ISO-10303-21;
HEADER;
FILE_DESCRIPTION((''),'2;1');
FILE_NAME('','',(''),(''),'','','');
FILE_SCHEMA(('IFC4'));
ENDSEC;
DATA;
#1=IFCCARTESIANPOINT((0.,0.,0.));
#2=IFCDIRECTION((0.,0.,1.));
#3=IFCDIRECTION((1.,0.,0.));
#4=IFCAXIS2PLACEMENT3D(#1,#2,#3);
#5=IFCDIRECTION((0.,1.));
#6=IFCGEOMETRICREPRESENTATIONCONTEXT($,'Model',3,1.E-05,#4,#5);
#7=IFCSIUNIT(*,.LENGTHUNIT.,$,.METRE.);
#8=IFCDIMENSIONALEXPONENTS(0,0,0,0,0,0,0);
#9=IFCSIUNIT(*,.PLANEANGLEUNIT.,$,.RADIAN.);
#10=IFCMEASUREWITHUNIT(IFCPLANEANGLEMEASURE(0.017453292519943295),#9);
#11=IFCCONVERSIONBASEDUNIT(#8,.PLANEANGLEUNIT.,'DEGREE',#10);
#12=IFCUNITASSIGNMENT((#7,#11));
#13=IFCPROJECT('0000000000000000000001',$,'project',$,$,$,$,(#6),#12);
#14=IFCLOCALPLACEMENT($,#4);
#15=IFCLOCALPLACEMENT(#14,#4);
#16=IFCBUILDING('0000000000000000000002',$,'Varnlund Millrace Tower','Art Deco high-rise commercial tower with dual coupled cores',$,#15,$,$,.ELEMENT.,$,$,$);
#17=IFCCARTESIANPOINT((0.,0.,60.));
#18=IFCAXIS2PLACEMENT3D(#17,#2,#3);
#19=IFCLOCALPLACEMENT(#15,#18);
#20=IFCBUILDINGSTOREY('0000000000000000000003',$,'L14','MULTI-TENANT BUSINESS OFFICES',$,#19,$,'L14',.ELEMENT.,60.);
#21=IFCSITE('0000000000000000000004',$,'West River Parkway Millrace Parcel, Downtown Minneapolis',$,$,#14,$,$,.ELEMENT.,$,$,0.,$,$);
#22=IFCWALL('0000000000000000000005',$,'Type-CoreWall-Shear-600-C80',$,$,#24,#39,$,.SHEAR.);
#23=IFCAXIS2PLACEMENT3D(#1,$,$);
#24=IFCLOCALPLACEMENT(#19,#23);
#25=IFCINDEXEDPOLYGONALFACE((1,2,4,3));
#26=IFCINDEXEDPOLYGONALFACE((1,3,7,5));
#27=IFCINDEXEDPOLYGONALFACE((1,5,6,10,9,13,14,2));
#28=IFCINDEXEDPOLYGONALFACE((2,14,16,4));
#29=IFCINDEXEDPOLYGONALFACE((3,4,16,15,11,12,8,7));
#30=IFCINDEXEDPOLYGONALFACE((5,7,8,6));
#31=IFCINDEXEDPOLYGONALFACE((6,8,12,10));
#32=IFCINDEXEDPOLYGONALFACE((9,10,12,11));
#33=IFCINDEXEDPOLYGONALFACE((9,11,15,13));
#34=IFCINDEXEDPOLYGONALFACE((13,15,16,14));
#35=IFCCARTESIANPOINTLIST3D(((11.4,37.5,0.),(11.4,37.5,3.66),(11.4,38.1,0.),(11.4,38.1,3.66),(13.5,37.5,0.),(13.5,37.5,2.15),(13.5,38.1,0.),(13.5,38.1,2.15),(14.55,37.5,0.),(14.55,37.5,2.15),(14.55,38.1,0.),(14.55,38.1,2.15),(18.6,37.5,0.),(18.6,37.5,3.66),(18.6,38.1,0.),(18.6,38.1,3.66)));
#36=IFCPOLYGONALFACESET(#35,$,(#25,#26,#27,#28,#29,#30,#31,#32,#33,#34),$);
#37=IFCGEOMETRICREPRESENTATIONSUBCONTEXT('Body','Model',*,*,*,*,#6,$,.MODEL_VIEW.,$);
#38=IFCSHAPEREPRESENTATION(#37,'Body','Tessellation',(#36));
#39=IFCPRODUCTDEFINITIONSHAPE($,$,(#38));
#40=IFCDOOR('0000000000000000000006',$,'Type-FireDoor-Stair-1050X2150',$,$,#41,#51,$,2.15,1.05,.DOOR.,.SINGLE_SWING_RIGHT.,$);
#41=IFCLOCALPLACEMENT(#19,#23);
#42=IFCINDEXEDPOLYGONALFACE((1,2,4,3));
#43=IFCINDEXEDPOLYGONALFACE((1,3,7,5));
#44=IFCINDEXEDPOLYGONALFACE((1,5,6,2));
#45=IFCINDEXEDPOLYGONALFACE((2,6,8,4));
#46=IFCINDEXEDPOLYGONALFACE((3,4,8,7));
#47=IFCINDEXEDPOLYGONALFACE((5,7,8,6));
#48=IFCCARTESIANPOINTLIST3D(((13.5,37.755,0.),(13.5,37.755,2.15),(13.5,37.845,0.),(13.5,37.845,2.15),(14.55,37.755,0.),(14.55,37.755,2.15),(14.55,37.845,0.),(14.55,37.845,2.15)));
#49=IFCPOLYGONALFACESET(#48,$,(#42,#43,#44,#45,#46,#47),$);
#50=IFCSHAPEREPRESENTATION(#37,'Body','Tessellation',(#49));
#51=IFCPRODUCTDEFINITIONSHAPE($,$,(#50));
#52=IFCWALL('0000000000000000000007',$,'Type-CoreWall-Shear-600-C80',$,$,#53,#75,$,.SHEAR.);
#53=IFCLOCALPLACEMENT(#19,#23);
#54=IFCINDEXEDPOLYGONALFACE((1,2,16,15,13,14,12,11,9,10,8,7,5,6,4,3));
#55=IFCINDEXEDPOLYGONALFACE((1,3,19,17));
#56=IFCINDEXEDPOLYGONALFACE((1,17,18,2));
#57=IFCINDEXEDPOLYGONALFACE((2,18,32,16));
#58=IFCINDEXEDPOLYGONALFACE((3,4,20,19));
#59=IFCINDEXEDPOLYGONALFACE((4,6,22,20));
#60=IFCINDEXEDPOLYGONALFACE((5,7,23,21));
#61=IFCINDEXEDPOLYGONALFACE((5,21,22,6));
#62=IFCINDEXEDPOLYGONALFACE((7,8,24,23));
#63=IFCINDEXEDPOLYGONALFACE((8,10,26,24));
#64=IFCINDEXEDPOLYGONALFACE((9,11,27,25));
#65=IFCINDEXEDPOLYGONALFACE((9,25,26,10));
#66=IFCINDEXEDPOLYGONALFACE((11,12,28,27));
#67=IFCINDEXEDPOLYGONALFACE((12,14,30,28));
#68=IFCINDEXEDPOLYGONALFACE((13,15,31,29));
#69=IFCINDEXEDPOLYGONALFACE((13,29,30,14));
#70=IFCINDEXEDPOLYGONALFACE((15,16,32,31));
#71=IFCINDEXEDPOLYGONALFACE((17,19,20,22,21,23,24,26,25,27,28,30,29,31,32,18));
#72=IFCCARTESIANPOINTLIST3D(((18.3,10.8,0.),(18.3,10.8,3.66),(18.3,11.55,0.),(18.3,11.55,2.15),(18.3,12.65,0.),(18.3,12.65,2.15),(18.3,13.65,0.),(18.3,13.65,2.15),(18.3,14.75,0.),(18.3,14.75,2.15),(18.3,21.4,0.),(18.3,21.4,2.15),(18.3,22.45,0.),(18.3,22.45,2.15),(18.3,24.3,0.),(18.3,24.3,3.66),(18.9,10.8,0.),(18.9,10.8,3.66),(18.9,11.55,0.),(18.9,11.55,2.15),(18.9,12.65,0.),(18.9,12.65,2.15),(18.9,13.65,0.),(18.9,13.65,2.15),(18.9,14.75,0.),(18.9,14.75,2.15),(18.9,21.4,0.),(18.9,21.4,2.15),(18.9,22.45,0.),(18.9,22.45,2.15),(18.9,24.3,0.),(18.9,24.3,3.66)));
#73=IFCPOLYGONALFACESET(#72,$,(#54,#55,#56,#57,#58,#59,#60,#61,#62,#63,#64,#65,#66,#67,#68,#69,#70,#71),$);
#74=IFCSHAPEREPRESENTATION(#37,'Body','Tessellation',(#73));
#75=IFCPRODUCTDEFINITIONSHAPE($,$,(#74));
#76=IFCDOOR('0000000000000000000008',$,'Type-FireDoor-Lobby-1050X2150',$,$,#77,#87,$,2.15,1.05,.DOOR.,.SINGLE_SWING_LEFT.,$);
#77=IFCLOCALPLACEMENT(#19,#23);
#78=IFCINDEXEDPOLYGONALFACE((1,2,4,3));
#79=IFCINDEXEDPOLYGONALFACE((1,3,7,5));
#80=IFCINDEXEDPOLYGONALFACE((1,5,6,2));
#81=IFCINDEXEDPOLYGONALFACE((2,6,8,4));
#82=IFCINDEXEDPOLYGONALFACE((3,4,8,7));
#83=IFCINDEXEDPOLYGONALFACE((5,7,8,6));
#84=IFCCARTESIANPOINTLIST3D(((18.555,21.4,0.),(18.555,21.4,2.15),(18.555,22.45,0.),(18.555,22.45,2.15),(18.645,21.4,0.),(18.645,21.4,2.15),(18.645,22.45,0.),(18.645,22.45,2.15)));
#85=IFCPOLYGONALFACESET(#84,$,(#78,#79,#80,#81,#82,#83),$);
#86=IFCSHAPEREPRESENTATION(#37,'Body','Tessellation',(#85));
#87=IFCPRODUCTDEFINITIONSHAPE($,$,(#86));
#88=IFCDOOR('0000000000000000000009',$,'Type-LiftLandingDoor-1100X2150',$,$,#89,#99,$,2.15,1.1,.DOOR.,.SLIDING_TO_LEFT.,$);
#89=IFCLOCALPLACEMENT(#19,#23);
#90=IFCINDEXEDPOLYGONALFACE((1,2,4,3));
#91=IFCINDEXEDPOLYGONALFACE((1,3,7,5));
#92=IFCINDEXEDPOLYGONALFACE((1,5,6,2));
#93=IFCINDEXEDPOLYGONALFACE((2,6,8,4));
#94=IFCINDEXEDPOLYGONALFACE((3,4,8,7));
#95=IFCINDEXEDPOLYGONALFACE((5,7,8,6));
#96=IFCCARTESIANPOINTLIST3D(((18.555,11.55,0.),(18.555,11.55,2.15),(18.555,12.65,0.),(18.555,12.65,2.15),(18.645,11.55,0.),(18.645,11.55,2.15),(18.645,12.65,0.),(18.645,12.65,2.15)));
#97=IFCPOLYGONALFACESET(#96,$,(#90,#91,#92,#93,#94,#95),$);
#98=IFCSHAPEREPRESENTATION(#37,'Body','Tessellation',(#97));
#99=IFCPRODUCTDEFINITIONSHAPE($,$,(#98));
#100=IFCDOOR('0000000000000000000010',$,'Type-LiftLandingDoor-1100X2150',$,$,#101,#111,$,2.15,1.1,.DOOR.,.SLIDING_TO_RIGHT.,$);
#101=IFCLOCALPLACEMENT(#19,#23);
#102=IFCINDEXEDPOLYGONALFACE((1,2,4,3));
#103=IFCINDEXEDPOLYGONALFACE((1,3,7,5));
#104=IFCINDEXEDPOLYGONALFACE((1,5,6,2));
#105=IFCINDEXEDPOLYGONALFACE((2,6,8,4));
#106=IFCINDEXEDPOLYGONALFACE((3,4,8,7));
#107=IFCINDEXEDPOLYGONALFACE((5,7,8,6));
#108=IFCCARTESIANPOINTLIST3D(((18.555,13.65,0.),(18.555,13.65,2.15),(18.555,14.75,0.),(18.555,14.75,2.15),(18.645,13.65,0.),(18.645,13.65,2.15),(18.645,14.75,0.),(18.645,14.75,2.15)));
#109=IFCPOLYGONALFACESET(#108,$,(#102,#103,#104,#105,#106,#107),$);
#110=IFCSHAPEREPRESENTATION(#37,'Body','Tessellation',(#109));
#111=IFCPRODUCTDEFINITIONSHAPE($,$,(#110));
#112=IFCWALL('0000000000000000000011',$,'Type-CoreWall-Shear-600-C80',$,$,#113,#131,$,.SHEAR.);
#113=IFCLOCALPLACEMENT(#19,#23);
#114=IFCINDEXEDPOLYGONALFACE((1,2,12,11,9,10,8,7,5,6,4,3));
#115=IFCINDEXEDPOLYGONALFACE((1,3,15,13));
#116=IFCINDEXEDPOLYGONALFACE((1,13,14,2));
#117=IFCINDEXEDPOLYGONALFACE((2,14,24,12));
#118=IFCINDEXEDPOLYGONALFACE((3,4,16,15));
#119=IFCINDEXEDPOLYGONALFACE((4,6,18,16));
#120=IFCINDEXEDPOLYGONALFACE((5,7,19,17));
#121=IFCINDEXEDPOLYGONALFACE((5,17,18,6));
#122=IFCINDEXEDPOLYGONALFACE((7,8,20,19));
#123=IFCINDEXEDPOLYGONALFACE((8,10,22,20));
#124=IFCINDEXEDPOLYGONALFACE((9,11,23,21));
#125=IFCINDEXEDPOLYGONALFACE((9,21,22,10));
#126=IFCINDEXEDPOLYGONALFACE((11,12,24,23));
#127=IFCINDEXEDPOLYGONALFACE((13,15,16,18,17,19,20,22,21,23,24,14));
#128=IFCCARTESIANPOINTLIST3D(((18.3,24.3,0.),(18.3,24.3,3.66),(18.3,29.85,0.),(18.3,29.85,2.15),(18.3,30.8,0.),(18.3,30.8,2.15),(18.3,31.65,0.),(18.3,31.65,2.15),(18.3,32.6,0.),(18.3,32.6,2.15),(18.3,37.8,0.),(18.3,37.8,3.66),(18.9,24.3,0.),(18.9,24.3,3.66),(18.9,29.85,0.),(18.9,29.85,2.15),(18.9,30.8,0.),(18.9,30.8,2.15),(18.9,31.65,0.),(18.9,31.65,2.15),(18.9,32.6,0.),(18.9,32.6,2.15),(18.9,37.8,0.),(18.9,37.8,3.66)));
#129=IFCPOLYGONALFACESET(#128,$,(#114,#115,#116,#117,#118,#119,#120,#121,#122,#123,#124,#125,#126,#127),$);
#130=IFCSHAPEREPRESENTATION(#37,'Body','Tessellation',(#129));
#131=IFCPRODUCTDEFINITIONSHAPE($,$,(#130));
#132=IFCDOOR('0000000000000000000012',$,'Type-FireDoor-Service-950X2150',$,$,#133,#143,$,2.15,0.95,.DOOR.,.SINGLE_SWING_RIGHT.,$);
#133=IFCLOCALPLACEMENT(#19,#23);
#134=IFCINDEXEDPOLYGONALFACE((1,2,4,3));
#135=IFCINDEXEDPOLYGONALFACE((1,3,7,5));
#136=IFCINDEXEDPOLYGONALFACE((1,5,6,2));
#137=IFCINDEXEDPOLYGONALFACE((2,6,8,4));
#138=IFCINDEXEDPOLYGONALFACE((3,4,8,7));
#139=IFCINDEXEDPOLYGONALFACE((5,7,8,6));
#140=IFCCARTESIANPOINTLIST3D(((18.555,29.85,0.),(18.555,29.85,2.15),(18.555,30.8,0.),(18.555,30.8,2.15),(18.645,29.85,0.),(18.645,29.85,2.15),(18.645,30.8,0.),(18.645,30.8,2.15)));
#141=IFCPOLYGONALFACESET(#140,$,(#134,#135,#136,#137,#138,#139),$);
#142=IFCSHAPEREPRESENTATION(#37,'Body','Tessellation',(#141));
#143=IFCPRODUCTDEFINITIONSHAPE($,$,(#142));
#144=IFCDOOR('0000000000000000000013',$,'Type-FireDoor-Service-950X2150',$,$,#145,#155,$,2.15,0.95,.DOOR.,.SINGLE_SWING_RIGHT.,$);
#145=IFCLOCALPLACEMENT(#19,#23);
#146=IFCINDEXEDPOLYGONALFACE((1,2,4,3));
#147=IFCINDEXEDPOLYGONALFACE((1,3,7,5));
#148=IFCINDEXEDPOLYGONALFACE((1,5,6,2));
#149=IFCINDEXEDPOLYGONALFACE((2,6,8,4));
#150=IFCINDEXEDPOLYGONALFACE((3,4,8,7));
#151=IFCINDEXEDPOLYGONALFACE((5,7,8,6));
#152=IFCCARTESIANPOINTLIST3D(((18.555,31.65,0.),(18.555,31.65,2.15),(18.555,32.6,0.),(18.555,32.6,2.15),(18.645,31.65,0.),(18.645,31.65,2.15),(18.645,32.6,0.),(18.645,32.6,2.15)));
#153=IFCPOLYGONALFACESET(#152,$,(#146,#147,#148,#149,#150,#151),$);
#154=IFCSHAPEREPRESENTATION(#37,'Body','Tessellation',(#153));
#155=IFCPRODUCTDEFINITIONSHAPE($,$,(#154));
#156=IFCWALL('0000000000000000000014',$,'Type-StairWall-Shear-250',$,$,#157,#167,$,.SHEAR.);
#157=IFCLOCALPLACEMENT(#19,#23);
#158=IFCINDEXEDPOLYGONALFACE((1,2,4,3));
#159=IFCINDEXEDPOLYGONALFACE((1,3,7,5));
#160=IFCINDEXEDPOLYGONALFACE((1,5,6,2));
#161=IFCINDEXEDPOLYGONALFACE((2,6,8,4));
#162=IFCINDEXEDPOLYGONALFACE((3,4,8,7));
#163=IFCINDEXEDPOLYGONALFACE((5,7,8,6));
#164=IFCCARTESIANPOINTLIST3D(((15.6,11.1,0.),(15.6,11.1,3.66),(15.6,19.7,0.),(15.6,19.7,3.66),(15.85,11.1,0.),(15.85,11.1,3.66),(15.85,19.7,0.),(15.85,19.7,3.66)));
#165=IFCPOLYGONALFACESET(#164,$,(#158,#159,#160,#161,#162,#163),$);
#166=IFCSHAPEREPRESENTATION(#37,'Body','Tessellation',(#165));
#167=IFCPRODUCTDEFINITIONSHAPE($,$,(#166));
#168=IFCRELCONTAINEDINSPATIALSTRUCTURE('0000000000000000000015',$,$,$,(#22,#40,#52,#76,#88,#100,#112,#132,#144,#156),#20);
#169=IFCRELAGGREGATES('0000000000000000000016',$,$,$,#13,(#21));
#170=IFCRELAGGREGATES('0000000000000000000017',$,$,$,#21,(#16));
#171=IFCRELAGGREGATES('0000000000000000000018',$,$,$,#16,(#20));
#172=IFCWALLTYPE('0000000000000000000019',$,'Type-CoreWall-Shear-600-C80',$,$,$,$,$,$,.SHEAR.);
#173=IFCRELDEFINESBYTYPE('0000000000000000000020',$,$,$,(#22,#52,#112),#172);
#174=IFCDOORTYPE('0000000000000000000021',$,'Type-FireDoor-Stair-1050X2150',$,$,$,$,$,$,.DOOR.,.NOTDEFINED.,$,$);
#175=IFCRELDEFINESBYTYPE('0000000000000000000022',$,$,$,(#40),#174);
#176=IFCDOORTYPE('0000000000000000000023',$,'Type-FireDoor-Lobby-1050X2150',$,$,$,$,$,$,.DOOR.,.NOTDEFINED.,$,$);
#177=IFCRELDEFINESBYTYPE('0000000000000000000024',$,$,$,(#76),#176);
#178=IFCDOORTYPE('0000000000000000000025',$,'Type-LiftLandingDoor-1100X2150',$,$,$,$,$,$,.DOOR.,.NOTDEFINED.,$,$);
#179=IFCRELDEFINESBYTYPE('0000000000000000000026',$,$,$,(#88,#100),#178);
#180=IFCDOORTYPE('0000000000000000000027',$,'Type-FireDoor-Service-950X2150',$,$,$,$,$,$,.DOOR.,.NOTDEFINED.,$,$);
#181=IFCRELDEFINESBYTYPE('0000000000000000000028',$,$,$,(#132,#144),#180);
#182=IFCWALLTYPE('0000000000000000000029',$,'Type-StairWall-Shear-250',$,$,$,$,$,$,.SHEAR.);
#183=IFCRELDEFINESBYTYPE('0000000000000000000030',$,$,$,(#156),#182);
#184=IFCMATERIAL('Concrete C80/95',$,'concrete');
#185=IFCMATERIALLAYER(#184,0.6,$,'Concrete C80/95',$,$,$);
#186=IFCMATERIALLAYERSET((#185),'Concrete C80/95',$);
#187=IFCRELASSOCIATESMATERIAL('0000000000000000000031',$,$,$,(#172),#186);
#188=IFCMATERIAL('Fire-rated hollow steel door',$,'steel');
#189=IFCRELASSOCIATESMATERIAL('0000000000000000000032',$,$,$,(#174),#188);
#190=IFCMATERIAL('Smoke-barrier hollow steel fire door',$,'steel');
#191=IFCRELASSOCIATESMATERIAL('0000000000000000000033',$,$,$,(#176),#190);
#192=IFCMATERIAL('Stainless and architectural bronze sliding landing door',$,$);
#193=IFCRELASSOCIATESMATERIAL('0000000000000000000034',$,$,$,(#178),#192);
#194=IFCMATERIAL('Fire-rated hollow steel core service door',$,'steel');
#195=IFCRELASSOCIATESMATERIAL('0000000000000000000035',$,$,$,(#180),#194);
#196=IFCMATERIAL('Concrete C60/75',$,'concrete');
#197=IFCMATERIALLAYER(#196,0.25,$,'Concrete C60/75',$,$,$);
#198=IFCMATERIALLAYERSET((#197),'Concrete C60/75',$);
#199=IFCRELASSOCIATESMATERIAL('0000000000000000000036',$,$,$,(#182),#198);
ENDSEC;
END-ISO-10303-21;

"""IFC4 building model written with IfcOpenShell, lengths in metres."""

from ifc_helpers import new_model, entity, si_unit, converted_unit, direction, frame, origin_with_axes, origin_2d_with_axis, place, context, subcontext, project, spatial, polyline, rectangle, outline, extrude, material, layer, layer_set, type_object, element, fill, save


model = new_model("IFC4")

# Units and contexts
model_context = context("Model", 3, precision=1e-05, world=origin_with_axes(), true_north=direction((0.0, 1.0)))
body_context = subcontext(model_context, "Body", "Model", "MODEL_VIEW")
ifc_project = project(units=[si_unit("LENGTHUNIT", "METRE"), converted_unit("PLANEANGLEUNIT", "DEGREE", entity("IfcPlaneAngleMeasure", 0.017453292519943295), si_unit("PLANEANGLEUNIT", "RADIAN"), dimensions=[0, 0, 0, 0, 0, 0, 0])], contexts=[model_context])

# Site, building, storey
site_placement = place(None, origin_with_axes())
site = spatial("IfcSite", under=ifc_project, at=site_placement, Name="West River Parkway Millrace Parcel, Downtown Minneapolis", CompositionType="ELEMENT", RefElevation=0.0)
building_placement = place(site_placement, origin_with_axes())
building = spatial("IfcBuilding", under=site, at=building_placement, Name="Varnlund Millrace Tower", Description="Art Deco high-rise commercial tower with dual coupled cores", CompositionType="ELEMENT")
storey_placement = place(building_placement, frame((0.0, 0.0, 60.0), z_axis=(0.0, 0.0, 1.0), x_axis=(1.0, 0.0, 0.0)))
storey = spatial("IfcBuildingStorey", under=building, at=storey_placement, Name="L14", Description="MULTI-TENANT BUSINESS OFFICES", LongName="L14", CompositionType="ELEMENT", Elevation=60.0)

# Shared definitions
ifc_material_1 = material(Name="Concrete C60/75", Category="concrete")

# Shared definitions
ifc_material_2 = material(Name="Concrete C80/95", Category="concrete")
ifc_layer_1 = layer(ifc_material_2, 0.6, Name="Concrete C80/95")
ifc_layer_set_1 = layer_set([ifc_layer_1], Name="Concrete C80/95")
wall_type_1 = type_object("IfcWallType", Name="Type-CoreWall-Shear-600-C80", PredefinedType="SHEAR", material=ifc_layer_set_1)

# Wall, opening, door
ifc_material_3 = material(Name="Fire-rated hollow steel door", Category="steel")
door_type_1 = type_object("IfcDoorType", Name="Type-FireDoor-Stair-1050X2150", OperationType="NOTDEFINED", PredefinedType="DOOR", material=ifc_material_3)
wall_1_placement = place(storey_placement, frame((11.4, 37.8, 0.0), z_axis=(0.0, 0.0, 1.0), x_axis=(1.0, 0.0, 0.0)))
wall_1 = element("IfcWall", 1, at=wall_1_placement, inside=storey, type_object=wall_type_1, Name="Type-CoreWall-Shear-600-C80", PredefinedType="SHEAR", context=body_context, shape_type="SweptSolid", body=[
    extrude(outline(polyline([(0.0, -0.3), (7.2, -0.3), (7.2, 0.3), (0.0, 0.3), (0.0, -0.3)])), origin_with_axes(), (0.0, 0.0, 1.0), 3.66),
])
opening_1_placement = place(wall_1_placement, frame((2.625, 0.0, 0.0), z_axis=(0.0, 0.0, 1.0), x_axis=(1.0, 0.0, 0.0)))
opening_1 = element("IfcOpeningElement", 2, at=opening_1_placement, cuts=wall_1, PredefinedType="OPENING", context=body_context, shape_type="SweptSolid", body=[
    extrude(rectangle(XDim=1.05, YDim=0.62, at=origin_2d_with_axis()), origin_with_axes(), (0.0, 0.0, 1.0), 2.15),
])
door_1_placement = place(wall_1_placement, frame((2.625, 0.0, 0.0), z_axis=(0.0, 0.0, 1.0), x_axis=(1.0, 0.0, 0.0)))
door_1 = element("IfcDoor", 3, at=door_1_placement, inside=storey, type_object=door_type_1, Name="Type-FireDoor-Stair-1050X2150", OperationType="SINGLE_SWING_RIGHT", OverallHeight=2.15, OverallWidth=1.05, PredefinedType="DOOR", context=body_context, shape_type="SweptSolid", body=[
    extrude(rectangle(XDim=1.05, YDim=0.09, at=origin_2d_with_axis()), origin_with_axes(), (0.0, 0.0, 1.0), 2.15),
])
fill(opening_1, door_1)

# Walls, openings, doors
wall_2_placement = place(storey_placement, frame((18.6, 10.8, 0.0), z_axis=(0.0, 0.0, 1.0), x_axis=(0.0, 1.0, 0.0)))
wall_2 = element("IfcWall", 4, at=wall_2_placement, inside=storey, type_object=wall_type_1, Name="Type-CoreWall-Shear-600-C80", PredefinedType="SHEAR", context=body_context, shape_type="SweptSolid", body=[
    extrude(outline(polyline([(0.0, -0.3), (13.5, -0.3), (13.5, 0.3), (0.0, 0.3), (0.0, -0.3)])), origin_with_axes(), (0.0, 0.0, 1.0), 3.66),
])
opening_2_placement = place(wall_2_placement, frame((1.3, 0.0, 0.0), z_axis=(0.0, 0.0, 1.0), x_axis=(1.0, 0.0, 0.0)))
opening_2 = element("IfcOpeningElement", 5, at=opening_2_placement, cuts=wall_2, PredefinedType="OPENING", context=body_context, shape_type="SweptSolid", body=[
    extrude(rectangle(XDim=1.1, YDim=0.62, at=origin_2d_with_axis()), origin_with_axes(), (0.0, 0.0, 1.0), 2.15),
])
opening_3_placement = place(wall_2_placement, frame((3.4, 0.0, 0.0), z_axis=(0.0, 0.0, 1.0), x_axis=(1.0, 0.0, 0.0)))
opening_3 = element("IfcOpeningElement", 6, at=opening_3_placement, cuts=wall_2, PredefinedType="OPENING", context=body_context, shape_type="SweptSolid", body=[
    extrude(rectangle(XDim=1.1, YDim=0.62, at=origin_2d_with_axis()), origin_with_axes(), (0.0, 0.0, 1.0), 2.15),
])
opening_4_placement = place(wall_2_placement, frame((11.125, 0.0, 0.0), z_axis=(0.0, 0.0, 1.0), x_axis=(1.0, 0.0, 0.0)))
opening_4 = element("IfcOpeningElement", 7, at=opening_4_placement, cuts=wall_2, PredefinedType="OPENING", context=body_context, shape_type="SweptSolid", body=[
    extrude(rectangle(XDim=1.05, YDim=0.62, at=origin_2d_with_axis()), origin_with_axes(), (0.0, 0.0, 1.0), 2.15),
])
ifc_material_4 = material(Name="Smoke-barrier hollow steel fire door", Category="steel")
door_type_2 = type_object("IfcDoorType", Name="Type-FireDoor-Lobby-1050X2150", OperationType="NOTDEFINED", PredefinedType="DOOR", material=ifc_material_4)
door_2_placement = place(wall_2_placement, frame((11.125, 0.0, 0.0), z_axis=(0.0, 0.0, 1.0), x_axis=(1.0, 0.0, 0.0)))
door_2 = element("IfcDoor", 8, at=door_2_placement, inside=storey, type_object=door_type_2, Name="Type-FireDoor-Lobby-1050X2150", OperationType="SINGLE_SWING_LEFT", OverallHeight=2.15, OverallWidth=1.05, PredefinedType="DOOR", context=body_context, shape_type="SweptSolid", body=[
    extrude(rectangle(XDim=1.05, YDim=0.09, at=origin_2d_with_axis()), origin_with_axes(), (0.0, 0.0, 1.0), 2.15),
])
fill(opening_4, door_2)
ifc_material_5 = material(Name="Stainless and architectural bronze sliding landing door")
door_type_3 = type_object("IfcDoorType", Name="Type-LiftLandingDoor-1100X2150", OperationType="NOTDEFINED", PredefinedType="DOOR", material=ifc_material_5)
door_3_placement = place(wall_2_placement, frame((1.3, 0.0, 0.0), z_axis=(0.0, 0.0, 1.0), x_axis=(1.0, 0.0, 0.0)))
door_3 = element("IfcDoor", 9, at=door_3_placement, inside=storey, type_object=door_type_3, Name="Type-LiftLandingDoor-1100X2150", OperationType="SLIDING_TO_LEFT", OverallHeight=2.15, OverallWidth=1.1, PredefinedType="DOOR", context=body_context, shape_type="SweptSolid", body=[
    extrude(rectangle(XDim=1.1, YDim=0.09, at=origin_2d_with_axis()), origin_with_axes(), (0.0, 0.0, 1.0), 2.15),
])
fill(opening_2, door_3)
door_4_placement = place(wall_2_placement, frame((3.4, 0.0, 0.0), z_axis=(0.0, 0.0, 1.0), x_axis=(1.0, 0.0, 0.0)))
door_4 = element("IfcDoor", 10, at=door_4_placement, inside=storey, type_object=door_type_3, Name="Type-LiftLandingDoor-1100X2150", OperationType="SLIDING_TO_RIGHT", OverallHeight=2.15, OverallWidth=1.1, PredefinedType="DOOR", context=body_context, shape_type="SweptSolid", body=[
    extrude(rectangle(XDim=1.1, YDim=0.09, at=origin_2d_with_axis()), origin_with_axes(), (0.0, 0.0, 1.0), 2.15),
])
fill(opening_3, door_4)
wall_3_placement = place(storey_placement, frame((18.6, 24.3, 0.0), z_axis=(0.0, 0.0, 1.0), x_axis=(0.0, 1.0, 0.0)))
wall_3 = element("IfcWall", 11, at=wall_3_placement, inside=storey, type_object=wall_type_1, Name="Type-CoreWall-Shear-600-C80", PredefinedType="SHEAR", context=body_context, shape_type="SweptSolid", body=[
    extrude(outline(polyline([(0.0, -0.3), (13.5, -0.3), (13.5, 0.3), (0.0, 0.3), (0.0, -0.3)])), origin_with_axes(), (0.0, 0.0, 1.0), 3.66),
])
opening_5_placement = place(wall_3_placement, frame((6.025, 0.0, 0.0), z_axis=(0.0, 0.0, 1.0), x_axis=(1.0, 0.0, 0.0)))
opening_5 = element("IfcOpeningElement", 12, at=opening_5_placement, cuts=wall_3, PredefinedType="OPENING", context=body_context, shape_type="SweptSolid", body=[
    extrude(rectangle(XDim=0.95, YDim=0.62, at=origin_2d_with_axis()), origin_with_axes(), (0.0, 0.0, 1.0), 2.15),
])
opening_6_placement = place(wall_3_placement, frame((7.825, 0.0, 0.0), z_axis=(0.0, 0.0, 1.0), x_axis=(1.0, 0.0, 0.0)))
opening_6 = element("IfcOpeningElement", 13, at=opening_6_placement, cuts=wall_3, PredefinedType="OPENING", context=body_context, shape_type="SweptSolid", body=[
    extrude(rectangle(XDim=0.95, YDim=0.62, at=origin_2d_with_axis()), origin_with_axes(), (0.0, 0.0, 1.0), 2.15),
])
ifc_material_6 = material(Name="Fire-rated hollow steel core service door", Category="steel")
door_type_4 = type_object("IfcDoorType", Name="Type-FireDoor-Service-950X2150", OperationType="NOTDEFINED", PredefinedType="DOOR", material=ifc_material_6)
door_5_placement = place(wall_3_placement, frame((6.025, 0.0, 0.0), z_axis=(0.0, 0.0, 1.0), x_axis=(1.0, 0.0, 0.0)))
door_5 = element("IfcDoor", 14, at=door_5_placement, inside=storey, type_object=door_type_4, Name="Type-FireDoor-Service-950X2150", OperationType="SINGLE_SWING_RIGHT", OverallHeight=2.15, OverallWidth=0.95, PredefinedType="DOOR", context=body_context, shape_type="SweptSolid", body=[
    extrude(rectangle(XDim=0.95, YDim=0.09, at=origin_2d_with_axis()), origin_with_axes(), (0.0, 0.0, 1.0), 2.15),
])
fill(opening_5, door_5)
door_6_placement = place(wall_3_placement, frame((7.825, 0.0, 0.0), z_axis=(0.0, 0.0, 1.0), x_axis=(1.0, 0.0, 0.0)))
door_6 = element("IfcDoor", 15, at=door_6_placement, inside=storey, type_object=door_type_4, Name="Type-FireDoor-Service-950X2150", OperationType="SINGLE_SWING_RIGHT", OverallHeight=2.15, OverallWidth=0.95, PredefinedType="DOOR", context=body_context, shape_type="SweptSolid", body=[
    extrude(rectangle(XDim=0.95, YDim=0.09, at=origin_2d_with_axis()), origin_with_axes(), (0.0, 0.0, 1.0), 2.15),
])
fill(opening_6, door_6)

# Wall
ifc_layer_2 = layer(ifc_material_1, 0.25, Name="Concrete C60/75")
ifc_layer_set_2 = layer_set([ifc_layer_2], Name="Concrete C60/75")
wall_type_2 = type_object("IfcWallType", Name="Type-StairWall-Shear-250", PredefinedType="SHEAR", material=ifc_layer_set_2)
wall_4_placement = place(storey_placement, frame((15.725, 11.1, 0.0), z_axis=(0.0, 0.0, 1.0), x_axis=(0.0, 1.0, 0.0)))
element("IfcWall", 16, at=wall_4_placement, inside=storey, type_object=wall_type_2, Name="Type-StairWall-Shear-250", PredefinedType="SHEAR", context=body_context, shape_type="SweptSolid", body=[
    extrude(outline(polyline([(0.0, -0.125), (8.6, -0.125), (8.6, 0.125), (0.0, 0.125), (0.0, -0.125)])), origin_with_axes(), (0.0, 0.0, 1.0), 3.66),
])

save(model, "model.ifc")
